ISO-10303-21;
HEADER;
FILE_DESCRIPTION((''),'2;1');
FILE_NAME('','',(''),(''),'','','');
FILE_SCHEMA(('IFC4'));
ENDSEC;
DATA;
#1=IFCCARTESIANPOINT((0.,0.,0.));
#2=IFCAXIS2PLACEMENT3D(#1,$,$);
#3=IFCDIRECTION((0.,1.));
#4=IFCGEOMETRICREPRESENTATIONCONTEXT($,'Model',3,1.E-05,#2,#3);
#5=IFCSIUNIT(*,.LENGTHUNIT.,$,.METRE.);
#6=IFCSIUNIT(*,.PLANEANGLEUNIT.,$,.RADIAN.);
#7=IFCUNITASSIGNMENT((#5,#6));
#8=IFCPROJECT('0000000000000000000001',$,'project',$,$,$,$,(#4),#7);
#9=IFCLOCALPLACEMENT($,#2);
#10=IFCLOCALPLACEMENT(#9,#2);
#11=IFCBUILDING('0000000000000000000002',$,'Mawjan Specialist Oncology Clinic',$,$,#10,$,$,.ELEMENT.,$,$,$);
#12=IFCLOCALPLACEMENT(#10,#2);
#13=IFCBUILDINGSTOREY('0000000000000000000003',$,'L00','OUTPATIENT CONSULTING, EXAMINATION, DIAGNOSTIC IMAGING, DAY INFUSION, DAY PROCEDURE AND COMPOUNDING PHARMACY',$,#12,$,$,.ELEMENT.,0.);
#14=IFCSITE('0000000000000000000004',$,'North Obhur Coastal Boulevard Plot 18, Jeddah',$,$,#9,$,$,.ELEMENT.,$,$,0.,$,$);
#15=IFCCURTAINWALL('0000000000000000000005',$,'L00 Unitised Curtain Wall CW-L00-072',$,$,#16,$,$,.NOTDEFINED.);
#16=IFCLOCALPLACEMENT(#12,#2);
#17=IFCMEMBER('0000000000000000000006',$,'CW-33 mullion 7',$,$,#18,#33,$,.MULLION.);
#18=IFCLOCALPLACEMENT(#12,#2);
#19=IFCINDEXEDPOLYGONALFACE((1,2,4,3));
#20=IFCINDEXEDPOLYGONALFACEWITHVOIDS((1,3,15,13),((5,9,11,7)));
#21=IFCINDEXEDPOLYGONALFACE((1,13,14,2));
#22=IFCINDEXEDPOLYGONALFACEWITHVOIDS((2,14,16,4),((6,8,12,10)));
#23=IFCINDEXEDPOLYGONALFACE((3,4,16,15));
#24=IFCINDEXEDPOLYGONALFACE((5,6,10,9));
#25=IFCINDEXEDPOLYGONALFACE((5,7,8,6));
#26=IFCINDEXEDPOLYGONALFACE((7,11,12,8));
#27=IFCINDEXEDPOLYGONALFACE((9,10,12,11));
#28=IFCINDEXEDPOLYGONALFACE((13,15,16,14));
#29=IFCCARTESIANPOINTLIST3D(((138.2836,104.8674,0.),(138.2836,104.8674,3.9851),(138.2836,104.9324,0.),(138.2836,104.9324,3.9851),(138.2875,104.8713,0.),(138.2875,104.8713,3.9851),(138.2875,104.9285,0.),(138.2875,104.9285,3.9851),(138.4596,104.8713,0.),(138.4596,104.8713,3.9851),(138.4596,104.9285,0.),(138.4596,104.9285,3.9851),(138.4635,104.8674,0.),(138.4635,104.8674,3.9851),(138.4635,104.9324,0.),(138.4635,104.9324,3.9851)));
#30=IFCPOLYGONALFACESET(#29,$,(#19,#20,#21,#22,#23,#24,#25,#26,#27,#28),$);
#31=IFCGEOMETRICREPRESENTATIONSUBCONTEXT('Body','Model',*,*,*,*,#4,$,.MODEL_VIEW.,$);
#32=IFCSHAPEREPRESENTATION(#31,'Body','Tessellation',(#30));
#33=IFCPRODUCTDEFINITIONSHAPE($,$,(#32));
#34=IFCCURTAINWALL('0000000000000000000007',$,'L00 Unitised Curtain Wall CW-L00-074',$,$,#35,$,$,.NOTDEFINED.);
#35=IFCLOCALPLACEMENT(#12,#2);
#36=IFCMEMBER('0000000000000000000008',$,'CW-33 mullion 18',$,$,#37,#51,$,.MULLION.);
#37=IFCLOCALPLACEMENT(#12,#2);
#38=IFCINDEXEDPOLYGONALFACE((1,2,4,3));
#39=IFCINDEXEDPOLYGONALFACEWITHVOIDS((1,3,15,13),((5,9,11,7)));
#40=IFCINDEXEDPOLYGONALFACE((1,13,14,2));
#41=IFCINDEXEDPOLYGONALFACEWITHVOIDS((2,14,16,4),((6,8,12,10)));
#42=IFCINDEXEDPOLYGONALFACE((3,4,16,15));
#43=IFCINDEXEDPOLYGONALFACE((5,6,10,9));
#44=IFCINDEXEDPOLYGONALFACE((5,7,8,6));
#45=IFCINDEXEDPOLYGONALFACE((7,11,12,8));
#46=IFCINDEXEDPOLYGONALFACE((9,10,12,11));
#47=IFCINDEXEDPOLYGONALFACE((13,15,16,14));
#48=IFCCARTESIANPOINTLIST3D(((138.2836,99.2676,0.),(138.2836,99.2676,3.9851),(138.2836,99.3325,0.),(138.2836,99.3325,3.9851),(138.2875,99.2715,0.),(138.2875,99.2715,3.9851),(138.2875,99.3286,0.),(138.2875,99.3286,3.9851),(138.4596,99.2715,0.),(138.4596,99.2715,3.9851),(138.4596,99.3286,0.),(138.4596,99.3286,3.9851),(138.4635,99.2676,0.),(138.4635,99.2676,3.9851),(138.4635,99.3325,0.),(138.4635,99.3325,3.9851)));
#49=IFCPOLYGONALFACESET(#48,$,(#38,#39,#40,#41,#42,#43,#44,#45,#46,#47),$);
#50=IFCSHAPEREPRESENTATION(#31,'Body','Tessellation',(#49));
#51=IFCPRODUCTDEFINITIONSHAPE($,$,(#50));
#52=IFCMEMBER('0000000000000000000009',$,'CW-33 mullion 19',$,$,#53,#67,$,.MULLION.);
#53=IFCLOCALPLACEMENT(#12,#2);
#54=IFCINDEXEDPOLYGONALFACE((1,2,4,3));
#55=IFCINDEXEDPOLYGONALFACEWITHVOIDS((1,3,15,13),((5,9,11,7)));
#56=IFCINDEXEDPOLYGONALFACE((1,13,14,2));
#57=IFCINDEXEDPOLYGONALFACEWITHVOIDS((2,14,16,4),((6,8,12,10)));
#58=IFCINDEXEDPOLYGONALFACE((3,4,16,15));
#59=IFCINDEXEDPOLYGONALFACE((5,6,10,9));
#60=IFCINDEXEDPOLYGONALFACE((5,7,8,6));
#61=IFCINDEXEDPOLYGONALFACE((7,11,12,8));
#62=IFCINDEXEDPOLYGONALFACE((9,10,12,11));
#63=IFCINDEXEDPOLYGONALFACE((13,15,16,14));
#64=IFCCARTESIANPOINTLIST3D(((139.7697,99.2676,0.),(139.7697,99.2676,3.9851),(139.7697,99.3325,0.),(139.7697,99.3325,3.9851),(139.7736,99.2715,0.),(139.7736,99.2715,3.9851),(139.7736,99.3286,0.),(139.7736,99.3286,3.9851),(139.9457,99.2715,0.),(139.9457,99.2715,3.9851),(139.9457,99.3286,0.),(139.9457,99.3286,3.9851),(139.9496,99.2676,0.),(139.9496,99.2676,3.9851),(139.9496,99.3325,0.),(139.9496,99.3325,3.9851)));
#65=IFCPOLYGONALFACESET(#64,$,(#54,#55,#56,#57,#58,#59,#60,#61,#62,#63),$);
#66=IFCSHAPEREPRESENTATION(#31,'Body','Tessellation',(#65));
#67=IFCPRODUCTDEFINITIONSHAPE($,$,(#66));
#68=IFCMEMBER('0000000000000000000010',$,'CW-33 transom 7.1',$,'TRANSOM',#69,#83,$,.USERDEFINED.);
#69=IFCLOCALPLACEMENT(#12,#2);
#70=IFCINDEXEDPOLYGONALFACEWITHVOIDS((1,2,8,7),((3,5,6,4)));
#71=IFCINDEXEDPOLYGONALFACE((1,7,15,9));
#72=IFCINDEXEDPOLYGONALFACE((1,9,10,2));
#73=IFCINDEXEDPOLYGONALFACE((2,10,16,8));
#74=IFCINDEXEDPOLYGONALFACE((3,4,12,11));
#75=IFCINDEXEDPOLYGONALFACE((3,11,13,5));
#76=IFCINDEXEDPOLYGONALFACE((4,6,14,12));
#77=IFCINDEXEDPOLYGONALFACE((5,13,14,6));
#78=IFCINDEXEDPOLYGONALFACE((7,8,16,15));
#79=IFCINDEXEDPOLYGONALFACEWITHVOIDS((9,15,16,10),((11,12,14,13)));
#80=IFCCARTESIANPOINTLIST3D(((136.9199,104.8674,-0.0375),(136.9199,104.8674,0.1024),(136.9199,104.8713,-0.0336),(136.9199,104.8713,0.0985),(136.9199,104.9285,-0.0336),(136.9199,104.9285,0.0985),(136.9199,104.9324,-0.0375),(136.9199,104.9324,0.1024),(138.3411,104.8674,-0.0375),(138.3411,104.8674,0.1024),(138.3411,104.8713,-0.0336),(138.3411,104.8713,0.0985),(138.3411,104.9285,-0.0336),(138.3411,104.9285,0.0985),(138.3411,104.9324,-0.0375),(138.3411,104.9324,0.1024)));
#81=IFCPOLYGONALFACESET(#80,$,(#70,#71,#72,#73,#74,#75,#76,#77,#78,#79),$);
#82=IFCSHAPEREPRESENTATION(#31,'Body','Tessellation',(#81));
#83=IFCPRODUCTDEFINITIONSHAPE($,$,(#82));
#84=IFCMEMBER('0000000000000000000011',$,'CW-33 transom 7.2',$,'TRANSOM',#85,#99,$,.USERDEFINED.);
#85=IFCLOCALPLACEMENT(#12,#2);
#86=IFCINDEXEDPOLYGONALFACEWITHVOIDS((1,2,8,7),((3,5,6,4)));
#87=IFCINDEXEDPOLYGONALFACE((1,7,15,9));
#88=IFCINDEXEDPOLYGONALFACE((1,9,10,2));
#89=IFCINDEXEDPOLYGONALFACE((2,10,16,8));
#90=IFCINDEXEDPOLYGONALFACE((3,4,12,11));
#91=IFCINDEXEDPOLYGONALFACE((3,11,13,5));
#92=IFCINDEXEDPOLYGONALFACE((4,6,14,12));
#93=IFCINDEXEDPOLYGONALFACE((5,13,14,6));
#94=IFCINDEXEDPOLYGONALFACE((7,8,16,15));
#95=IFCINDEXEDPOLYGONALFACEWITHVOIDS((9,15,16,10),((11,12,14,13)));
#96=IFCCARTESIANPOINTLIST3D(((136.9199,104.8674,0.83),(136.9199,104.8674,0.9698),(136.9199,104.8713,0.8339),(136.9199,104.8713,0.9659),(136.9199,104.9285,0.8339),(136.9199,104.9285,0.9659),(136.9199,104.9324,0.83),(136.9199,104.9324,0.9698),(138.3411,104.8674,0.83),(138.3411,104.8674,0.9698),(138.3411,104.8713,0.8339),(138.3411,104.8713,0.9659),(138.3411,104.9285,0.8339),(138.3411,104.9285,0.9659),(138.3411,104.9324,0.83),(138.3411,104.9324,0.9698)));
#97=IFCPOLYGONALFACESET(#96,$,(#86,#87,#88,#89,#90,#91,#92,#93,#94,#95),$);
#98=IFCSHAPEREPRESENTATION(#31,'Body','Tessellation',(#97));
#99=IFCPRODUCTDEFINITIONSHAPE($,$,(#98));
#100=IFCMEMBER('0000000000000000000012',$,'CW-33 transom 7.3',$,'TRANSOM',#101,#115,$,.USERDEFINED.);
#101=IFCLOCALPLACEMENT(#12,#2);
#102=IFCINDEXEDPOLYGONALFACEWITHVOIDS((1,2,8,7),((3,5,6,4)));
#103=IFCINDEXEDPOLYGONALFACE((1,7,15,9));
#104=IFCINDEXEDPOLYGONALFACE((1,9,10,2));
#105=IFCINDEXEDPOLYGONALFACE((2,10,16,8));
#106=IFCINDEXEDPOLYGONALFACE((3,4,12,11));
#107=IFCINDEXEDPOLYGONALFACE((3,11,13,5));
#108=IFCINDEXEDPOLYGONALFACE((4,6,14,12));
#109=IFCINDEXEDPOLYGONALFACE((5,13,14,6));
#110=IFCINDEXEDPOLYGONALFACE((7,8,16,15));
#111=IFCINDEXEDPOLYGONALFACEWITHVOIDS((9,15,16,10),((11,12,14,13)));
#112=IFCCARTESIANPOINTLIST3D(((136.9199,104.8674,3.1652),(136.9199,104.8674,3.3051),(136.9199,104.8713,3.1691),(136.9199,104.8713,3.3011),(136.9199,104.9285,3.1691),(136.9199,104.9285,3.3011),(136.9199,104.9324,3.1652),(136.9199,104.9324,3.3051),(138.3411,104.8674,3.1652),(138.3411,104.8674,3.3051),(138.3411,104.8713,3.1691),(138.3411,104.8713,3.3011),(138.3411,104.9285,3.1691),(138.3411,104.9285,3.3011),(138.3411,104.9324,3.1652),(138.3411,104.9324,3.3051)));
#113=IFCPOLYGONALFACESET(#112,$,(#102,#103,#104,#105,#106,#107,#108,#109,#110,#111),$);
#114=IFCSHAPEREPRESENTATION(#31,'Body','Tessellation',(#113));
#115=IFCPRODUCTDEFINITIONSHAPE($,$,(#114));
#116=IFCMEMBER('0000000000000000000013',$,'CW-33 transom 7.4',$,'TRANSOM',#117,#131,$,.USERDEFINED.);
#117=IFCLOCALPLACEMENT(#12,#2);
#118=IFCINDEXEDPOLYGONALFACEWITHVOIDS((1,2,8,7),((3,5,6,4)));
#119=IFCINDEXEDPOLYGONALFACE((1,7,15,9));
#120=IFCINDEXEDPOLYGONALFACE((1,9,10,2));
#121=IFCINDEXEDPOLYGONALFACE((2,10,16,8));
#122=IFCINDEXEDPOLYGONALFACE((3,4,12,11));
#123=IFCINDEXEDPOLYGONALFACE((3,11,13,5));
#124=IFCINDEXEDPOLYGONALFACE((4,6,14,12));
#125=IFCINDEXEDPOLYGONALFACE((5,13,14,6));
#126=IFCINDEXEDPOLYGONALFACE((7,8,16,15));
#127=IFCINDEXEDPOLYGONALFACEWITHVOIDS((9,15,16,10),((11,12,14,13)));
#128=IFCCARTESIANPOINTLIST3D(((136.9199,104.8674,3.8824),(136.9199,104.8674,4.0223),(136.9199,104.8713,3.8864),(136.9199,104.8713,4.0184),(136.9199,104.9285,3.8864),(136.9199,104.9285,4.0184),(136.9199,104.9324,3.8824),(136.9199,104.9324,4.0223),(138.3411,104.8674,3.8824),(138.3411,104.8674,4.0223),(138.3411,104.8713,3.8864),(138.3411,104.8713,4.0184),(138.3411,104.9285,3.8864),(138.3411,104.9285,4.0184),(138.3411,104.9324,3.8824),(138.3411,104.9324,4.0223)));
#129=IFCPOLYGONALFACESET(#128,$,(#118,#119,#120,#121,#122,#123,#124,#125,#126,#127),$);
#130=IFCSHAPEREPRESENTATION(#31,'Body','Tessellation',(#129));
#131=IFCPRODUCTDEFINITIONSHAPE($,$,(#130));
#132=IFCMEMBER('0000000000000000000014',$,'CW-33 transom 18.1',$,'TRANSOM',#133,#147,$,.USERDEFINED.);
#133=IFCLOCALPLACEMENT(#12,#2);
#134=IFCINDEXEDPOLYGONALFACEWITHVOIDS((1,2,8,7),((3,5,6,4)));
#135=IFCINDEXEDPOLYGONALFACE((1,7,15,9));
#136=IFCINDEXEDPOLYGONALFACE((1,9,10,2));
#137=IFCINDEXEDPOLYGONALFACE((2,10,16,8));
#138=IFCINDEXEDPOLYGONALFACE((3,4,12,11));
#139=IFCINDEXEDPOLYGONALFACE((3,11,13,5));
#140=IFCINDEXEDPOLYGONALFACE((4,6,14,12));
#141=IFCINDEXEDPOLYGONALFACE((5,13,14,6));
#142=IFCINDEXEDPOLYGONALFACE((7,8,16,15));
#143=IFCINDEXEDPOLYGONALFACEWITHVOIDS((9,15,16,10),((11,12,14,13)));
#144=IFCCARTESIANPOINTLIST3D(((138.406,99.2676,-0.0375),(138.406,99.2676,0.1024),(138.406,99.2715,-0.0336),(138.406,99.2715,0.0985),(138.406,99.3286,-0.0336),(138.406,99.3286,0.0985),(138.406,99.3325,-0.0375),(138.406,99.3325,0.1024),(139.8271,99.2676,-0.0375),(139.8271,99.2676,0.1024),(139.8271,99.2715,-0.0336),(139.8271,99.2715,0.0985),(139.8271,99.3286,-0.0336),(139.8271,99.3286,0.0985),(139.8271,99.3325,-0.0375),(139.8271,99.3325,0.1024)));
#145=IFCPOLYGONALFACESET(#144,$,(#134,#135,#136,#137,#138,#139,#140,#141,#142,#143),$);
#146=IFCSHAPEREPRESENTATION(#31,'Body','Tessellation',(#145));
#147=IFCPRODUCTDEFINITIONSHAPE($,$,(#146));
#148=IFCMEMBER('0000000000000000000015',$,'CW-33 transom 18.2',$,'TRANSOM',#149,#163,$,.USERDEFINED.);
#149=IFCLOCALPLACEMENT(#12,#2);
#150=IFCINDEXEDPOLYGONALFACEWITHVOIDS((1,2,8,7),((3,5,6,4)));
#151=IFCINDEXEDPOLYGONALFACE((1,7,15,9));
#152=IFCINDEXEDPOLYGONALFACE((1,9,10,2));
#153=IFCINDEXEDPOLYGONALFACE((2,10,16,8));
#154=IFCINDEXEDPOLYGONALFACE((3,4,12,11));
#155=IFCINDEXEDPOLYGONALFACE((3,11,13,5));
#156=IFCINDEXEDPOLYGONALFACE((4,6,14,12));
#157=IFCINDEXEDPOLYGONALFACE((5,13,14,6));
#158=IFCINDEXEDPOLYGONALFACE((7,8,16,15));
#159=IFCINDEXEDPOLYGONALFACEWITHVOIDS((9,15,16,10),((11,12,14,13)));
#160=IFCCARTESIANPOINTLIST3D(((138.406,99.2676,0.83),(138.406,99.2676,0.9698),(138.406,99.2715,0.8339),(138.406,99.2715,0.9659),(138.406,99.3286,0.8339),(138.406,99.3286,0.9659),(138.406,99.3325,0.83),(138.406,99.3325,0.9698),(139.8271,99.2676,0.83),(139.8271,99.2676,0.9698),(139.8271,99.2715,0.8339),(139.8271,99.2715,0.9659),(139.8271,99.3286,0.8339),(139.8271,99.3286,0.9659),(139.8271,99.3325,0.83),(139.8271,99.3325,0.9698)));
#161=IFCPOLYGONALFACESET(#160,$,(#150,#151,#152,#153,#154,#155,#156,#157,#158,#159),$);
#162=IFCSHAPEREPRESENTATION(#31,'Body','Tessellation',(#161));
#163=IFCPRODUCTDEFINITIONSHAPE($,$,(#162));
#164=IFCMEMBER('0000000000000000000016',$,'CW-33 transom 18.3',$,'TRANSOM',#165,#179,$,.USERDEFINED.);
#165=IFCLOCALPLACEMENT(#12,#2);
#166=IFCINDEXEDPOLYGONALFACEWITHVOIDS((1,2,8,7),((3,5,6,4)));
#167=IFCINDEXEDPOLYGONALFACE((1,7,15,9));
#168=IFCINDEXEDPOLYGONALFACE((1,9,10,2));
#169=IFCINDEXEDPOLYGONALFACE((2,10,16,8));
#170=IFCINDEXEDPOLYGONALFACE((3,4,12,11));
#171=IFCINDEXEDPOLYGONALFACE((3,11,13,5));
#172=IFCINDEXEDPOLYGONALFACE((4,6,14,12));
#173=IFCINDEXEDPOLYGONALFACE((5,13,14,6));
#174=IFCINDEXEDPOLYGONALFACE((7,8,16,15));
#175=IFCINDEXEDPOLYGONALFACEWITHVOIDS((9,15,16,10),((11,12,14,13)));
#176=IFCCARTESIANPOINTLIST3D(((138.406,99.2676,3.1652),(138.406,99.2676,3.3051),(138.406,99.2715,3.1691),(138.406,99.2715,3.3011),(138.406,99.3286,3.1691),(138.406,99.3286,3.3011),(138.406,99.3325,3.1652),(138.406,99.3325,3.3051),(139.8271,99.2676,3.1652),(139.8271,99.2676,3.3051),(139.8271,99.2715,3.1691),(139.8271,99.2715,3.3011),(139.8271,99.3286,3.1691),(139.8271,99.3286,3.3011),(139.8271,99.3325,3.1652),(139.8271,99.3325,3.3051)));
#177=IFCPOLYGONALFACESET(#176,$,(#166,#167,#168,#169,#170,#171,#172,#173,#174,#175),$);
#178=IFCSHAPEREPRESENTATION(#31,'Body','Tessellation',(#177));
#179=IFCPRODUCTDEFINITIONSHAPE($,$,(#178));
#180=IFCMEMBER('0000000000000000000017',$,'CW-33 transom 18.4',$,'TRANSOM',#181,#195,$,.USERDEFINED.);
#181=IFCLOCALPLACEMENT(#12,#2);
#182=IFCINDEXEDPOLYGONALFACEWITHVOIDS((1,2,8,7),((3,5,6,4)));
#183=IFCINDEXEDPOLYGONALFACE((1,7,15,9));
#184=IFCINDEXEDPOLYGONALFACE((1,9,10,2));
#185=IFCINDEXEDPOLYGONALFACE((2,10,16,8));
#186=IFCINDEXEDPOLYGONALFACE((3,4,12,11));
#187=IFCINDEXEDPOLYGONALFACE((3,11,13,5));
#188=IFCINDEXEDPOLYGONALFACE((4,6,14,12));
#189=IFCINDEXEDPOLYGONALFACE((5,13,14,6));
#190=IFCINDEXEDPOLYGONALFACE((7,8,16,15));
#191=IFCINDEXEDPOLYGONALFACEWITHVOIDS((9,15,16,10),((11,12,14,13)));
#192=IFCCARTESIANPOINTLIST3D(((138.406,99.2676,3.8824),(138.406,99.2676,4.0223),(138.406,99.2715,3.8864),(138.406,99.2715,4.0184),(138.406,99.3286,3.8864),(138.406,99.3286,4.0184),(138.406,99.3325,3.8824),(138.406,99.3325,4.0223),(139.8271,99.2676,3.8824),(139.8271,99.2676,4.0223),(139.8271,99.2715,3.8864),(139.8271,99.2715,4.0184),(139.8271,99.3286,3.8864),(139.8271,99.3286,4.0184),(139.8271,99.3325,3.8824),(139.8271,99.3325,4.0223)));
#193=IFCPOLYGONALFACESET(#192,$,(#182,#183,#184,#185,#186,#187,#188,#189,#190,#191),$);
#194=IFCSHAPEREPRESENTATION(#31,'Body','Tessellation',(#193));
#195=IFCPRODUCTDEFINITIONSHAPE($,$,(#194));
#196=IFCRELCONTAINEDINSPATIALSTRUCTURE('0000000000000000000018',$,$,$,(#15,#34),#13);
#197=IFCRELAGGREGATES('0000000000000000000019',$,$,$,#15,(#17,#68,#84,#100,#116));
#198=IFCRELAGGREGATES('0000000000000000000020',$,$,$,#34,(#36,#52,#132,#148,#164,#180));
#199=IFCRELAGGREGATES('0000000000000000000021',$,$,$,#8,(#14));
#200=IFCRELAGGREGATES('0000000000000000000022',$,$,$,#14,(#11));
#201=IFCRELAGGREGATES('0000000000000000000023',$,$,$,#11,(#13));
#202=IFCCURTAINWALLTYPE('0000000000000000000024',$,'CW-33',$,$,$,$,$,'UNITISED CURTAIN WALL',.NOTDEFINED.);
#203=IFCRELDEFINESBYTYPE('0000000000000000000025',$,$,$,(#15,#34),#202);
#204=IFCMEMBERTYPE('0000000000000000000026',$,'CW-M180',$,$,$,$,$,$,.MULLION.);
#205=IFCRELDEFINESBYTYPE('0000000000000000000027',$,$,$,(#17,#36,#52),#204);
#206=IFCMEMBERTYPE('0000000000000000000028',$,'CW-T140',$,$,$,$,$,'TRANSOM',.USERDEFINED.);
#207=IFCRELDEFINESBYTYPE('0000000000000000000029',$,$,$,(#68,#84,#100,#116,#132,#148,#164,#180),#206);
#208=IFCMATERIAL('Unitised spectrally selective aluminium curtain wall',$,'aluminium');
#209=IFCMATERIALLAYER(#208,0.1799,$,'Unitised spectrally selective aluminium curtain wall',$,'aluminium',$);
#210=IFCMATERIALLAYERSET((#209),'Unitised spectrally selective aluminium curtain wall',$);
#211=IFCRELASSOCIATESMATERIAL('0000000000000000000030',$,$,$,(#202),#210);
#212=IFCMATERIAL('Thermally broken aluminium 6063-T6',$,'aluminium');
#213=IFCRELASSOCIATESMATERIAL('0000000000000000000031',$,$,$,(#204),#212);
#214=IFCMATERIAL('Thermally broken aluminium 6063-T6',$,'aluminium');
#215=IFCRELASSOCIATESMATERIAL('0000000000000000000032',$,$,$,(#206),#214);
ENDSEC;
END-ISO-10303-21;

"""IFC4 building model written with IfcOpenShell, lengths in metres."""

from ifc_helpers import new_model, si_unit, direction, frame, origin, origin_2d, place, context, subcontext, project, spatial, hollow_rectangle, extrude, material, layer, layer_set, material_profile, profile_set, type_object, element, aggregate, save


model = new_model("IFC4")

# Units and contexts
model_context = context("Model", 3, precision=1e-05, world=origin(), true_north=direction((0.0, 1.0)))
body_context = subcontext(model_context, "Body", "Model", "MODEL_VIEW")
ifc_project = project(units=[si_unit("LENGTHUNIT", "METRE"), si_unit("PLANEANGLEUNIT", "RADIAN")], contexts=[model_context])

# Site, building, storey
site_placement = place(None, origin())
site = spatial("IfcSite", under=ifc_project, at=site_placement, Name="North Obhur Coastal Boulevard Plot 18, Jeddah", CompositionType="ELEMENT", RefElevation=0.0)
building_placement = place(site_placement, origin())
building = spatial("IfcBuilding", under=site, at=building_placement, Name="Mawjan Specialist Oncology Clinic", CompositionType="ELEMENT")
storey_placement = place(building_placement, origin())
storey = spatial("IfcBuildingStorey", under=building, at=storey_placement, Name="L00", Description="OUTPATIENT CONSULTING, EXAMINATION, DIAGNOSTIC IMAGING, DAY INFUSION, DAY PROCEDURE AND COMPOUNDING PHARMACY", CompositionType="ELEMENT", Elevation=0.0)

# Curtain wall, member
ifc_material_1 = material(Name="Unitised spectrally selective aluminium curtain wall", Category="aluminium")
ifc_layer_1 = layer(ifc_material_1, 0.1799, Name="Unitised spectrally selective aluminium curtain wall", Category="aluminium")
ifc_layer_set_1 = layer_set([ifc_layer_1], Name="Unitised spectrally selective aluminium curtain wall")
curtain_wall_type = type_object("IfcCurtainWallType", Name="CW-33", ElementType="UNITISED CURTAIN WALL", PredefinedType="NOTDEFINED", material=ifc_layer_set_1)
curtain_wall_1_placement = place(storey_placement, origin())
curtain_wall_1 = element("IfcCurtainWall", 1, at=curtain_wall_1_placement, inside=storey, type_object=curtain_wall_type, Name="L00 Unitised Curtain Wall CW-L00-072", PredefinedType="NOTDEFINED")
ifc_material_2 = material(Name="Thermally broken aluminium 6063-T6", Category="aluminium")
ifc_material_profile_1 = material_profile(ifc_material_2, hollow_rectangle(XDim=0.0649, YDim=0.1799, WallThickness=0.0039, at=origin_2d()), Name="ALU MULLION 180x65x4", Category="aluminium")
ifc_profile_set_1 = profile_set([ifc_material_profile_1], Name="Thermally broken aluminium 6063-T6")
member_type_1 = type_object("IfcMemberType", Name="CW-M180", PredefinedType="MULLION", material=ifc_profile_set_1)
member_1_placement = place(storey_placement, frame((138.3735, 104.8999, 0.0), z_axis=(0.0, 0.0, 1.0), x_axis=(0.0, -1.0, 0.0)))
member_1 = element("IfcMember", 2, at=member_1_placement, type_object=member_type_1, Name="CW-33 mullion 7", PredefinedType="MULLION", context=body_context, shape_type="SweptSolid", body=[
    extrude(hollow_rectangle(XDim=0.0649, YDim=0.1799, WallThickness=0.0039, at=origin_2d()), origin(), (0.0, 0.0, 1.0), 3.9851),
])

# Curtain wall, members
curtain_wall_2_placement = place(storey_placement, origin())
curtain_wall_2 = element("IfcCurtainWall", 3, at=curtain_wall_2_placement, inside=storey, type_object=curtain_wall_type, Name="L00 Unitised Curtain Wall CW-L00-074", PredefinedType="NOTDEFINED")
member_2_placement = place(storey_placement, frame((138.3735, 99.3, 0.0), z_axis=(0.0, 0.0, 1.0), x_axis=(0.0, 1.0, 0.0)))
member_2 = element("IfcMember", 4, at=member_2_placement, type_object=member_type_1, Name="CW-33 mullion 18", PredefinedType="MULLION", context=body_context, shape_type="SweptSolid", body=[
    extrude(hollow_rectangle(XDim=0.0649, YDim=0.1799, WallThickness=0.0039, at=origin_2d()), origin(), (0.0, 0.0, 1.0), 3.9851),
])
member_3_placement = place(storey_placement, frame((139.8596, 99.3, 0.0), z_axis=(0.0, 0.0, 1.0), x_axis=(0.0, 1.0, 0.0)))
member_3 = element("IfcMember", 5, at=member_3_placement, type_object=member_type_1, Name="CW-33 mullion 19", PredefinedType="MULLION", context=body_context, shape_type="SweptSolid", body=[
    extrude(hollow_rectangle(XDim=0.0649, YDim=0.1799, WallThickness=0.0039, at=origin_2d()), origin(), (0.0, 0.0, 1.0), 3.9851),
])

# Members
ifc_material_3 = material(Name="Thermally broken aluminium 6063-T6", Category="aluminium")
ifc_material_profile_2 = material_profile(ifc_material_3, hollow_rectangle(XDim=0.0649, YDim=0.1399, WallThickness=0.0039, at=origin_2d()), Name="ALU TRANSOM 140x65x4", Category="aluminium")
ifc_profile_set_2 = profile_set([ifc_material_profile_2], Name="Thermally broken aluminium 6063-T6")
member_type_2 = type_object("IfcMemberType", Name="CW-T140", ElementType="TRANSOM", PredefinedType="USERDEFINED", material=ifc_profile_set_2)
member_4_placement = place(storey_placement, frame((138.3411, 104.8999, 0.0325), z_axis=(-1.0, 0.0, 0.0), x_axis=(0.0, -1.0, 0.0)))
member_4 = element("IfcMember", 6, at=member_4_placement, type_object=member_type_2, Name="CW-33 transom 7.1", ObjectType="TRANSOM", PredefinedType="USERDEFINED", context=body_context, shape_type="SweptSolid", body=[
    extrude(hollow_rectangle(XDim=0.0649, YDim=0.1399, WallThickness=0.0039, at=origin_2d()), origin(), (0.0, 0.0, 1.0), 1.4211),
])
member_5_placement = place(storey_placement, frame((138.3411, 104.8999, 0.8999), z_axis=(-1.0, 0.0, 0.0), x_axis=(0.0, -1.0, 0.0)))
member_5 = element("IfcMember", 7, at=member_5_placement, type_object=member_type_2, Name="CW-33 transom 7.2", ObjectType="TRANSOM", PredefinedType="USERDEFINED", context=body_context, shape_type="SweptSolid", body=[
    extrude(hollow_rectangle(XDim=0.0649, YDim=0.1399, WallThickness=0.0039, at=origin_2d()), origin(), (0.0, 0.0, 1.0), 1.4211),
])
member_6_placement = place(storey_placement, frame((138.3411, 104.8999, 3.2351), z_axis=(-1.0, 0.0, 0.0), x_axis=(0.0, -1.0, 0.0)))
member_6 = element("IfcMember", 8, at=member_6_placement, type_object=member_type_2, Name="CW-33 transom 7.3", ObjectType="TRANSOM", PredefinedType="USERDEFINED", context=body_context, shape_type="SweptSolid", body=[
    extrude(hollow_rectangle(XDim=0.0649, YDim=0.1399, WallThickness=0.0039, at=origin_2d()), origin(), (0.0, 0.0, 1.0), 1.4211),
])
member_7_placement = place(storey_placement, frame((138.3411, 104.8999, 3.9524), z_axis=(-1.0, 0.0, 0.0), x_axis=(0.0, -1.0, 0.0)))
member_7 = element("IfcMember", 9, at=member_7_placement, type_object=member_type_2, Name="CW-33 transom 7.4", ObjectType="TRANSOM", PredefinedType="USERDEFINED", context=body_context, shape_type="SweptSolid", body=[
    extrude(hollow_rectangle(XDim=0.0649, YDim=0.1399, WallThickness=0.0039, at=origin_2d()), origin(), (0.0, 0.0, 1.0), 1.4211),
])
member_8_placement = place(storey_placement, frame((138.406, 99.3, 0.0325), z_axis=(1.0, 0.0, 0.0), x_axis=(0.0, 1.0, 0.0)))
member_8 = element("IfcMember", 10, at=member_8_placement, type_object=member_type_2, Name="CW-33 transom 18.1", ObjectType="TRANSOM", PredefinedType="USERDEFINED", context=body_context, shape_type="SweptSolid", body=[
    extrude(hollow_rectangle(XDim=0.0649, YDim=0.1399, WallThickness=0.0039, at=origin_2d()), origin(), (0.0, 0.0, 1.0), 1.4211),
])
member_9_placement = place(storey_placement, frame((138.406, 99.3, 0.8999), z_axis=(1.0, 0.0, 0.0), x_axis=(0.0, 1.0, 0.0)))
member_9 = element("IfcMember", 11, at=member_9_placement, type_object=member_type_2, Name="CW-33 transom 18.2", ObjectType="TRANSOM", PredefinedType="USERDEFINED", context=body_context, shape_type="SweptSolid", body=[
    extrude(hollow_rectangle(XDim=0.0649, YDim=0.1399, WallThickness=0.0039, at=origin_2d()), origin(), (0.0, 0.0, 1.0), 1.4211),
])
member_10_placement = place(storey_placement, frame((138.406, 99.3, 3.2351), z_axis=(1.0, 0.0, 0.0), x_axis=(0.0, 1.0, 0.0)))
member_10 = element("IfcMember", 12, at=member_10_placement, type_object=member_type_2, Name="CW-33 transom 18.3", ObjectType="TRANSOM", PredefinedType="USERDEFINED", context=body_context, shape_type="SweptSolid", body=[
    extrude(hollow_rectangle(XDim=0.0649, YDim=0.1399, WallThickness=0.0039, at=origin_2d()), origin(), (0.0, 0.0, 1.0), 1.4211),
])
member_11_placement = place(storey_placement, frame((138.406, 99.3, 3.9524), z_axis=(1.0, 0.0, 0.0), x_axis=(0.0, 1.0, 0.0)))
member_11 = element("IfcMember", 13, at=member_11_placement, type_object=member_type_2, Name="CW-33 transom 18.4", ObjectType="TRANSOM", PredefinedType="USERDEFINED", context=body_context, shape_type="SweptSolid", body=[
    extrude(hollow_rectangle(XDim=0.0649, YDim=0.1399, WallThickness=0.0039, at=origin_2d()), origin(), (0.0, 0.0, 1.0), 1.4211),
])

aggregate(curtain_wall_1, [member_1, member_4, member_5, member_6, member_7])
aggregate(curtain_wall_2, [member_2, member_3, member_8, member_9, member_10, member_11])

save(model, "model.ifc")
